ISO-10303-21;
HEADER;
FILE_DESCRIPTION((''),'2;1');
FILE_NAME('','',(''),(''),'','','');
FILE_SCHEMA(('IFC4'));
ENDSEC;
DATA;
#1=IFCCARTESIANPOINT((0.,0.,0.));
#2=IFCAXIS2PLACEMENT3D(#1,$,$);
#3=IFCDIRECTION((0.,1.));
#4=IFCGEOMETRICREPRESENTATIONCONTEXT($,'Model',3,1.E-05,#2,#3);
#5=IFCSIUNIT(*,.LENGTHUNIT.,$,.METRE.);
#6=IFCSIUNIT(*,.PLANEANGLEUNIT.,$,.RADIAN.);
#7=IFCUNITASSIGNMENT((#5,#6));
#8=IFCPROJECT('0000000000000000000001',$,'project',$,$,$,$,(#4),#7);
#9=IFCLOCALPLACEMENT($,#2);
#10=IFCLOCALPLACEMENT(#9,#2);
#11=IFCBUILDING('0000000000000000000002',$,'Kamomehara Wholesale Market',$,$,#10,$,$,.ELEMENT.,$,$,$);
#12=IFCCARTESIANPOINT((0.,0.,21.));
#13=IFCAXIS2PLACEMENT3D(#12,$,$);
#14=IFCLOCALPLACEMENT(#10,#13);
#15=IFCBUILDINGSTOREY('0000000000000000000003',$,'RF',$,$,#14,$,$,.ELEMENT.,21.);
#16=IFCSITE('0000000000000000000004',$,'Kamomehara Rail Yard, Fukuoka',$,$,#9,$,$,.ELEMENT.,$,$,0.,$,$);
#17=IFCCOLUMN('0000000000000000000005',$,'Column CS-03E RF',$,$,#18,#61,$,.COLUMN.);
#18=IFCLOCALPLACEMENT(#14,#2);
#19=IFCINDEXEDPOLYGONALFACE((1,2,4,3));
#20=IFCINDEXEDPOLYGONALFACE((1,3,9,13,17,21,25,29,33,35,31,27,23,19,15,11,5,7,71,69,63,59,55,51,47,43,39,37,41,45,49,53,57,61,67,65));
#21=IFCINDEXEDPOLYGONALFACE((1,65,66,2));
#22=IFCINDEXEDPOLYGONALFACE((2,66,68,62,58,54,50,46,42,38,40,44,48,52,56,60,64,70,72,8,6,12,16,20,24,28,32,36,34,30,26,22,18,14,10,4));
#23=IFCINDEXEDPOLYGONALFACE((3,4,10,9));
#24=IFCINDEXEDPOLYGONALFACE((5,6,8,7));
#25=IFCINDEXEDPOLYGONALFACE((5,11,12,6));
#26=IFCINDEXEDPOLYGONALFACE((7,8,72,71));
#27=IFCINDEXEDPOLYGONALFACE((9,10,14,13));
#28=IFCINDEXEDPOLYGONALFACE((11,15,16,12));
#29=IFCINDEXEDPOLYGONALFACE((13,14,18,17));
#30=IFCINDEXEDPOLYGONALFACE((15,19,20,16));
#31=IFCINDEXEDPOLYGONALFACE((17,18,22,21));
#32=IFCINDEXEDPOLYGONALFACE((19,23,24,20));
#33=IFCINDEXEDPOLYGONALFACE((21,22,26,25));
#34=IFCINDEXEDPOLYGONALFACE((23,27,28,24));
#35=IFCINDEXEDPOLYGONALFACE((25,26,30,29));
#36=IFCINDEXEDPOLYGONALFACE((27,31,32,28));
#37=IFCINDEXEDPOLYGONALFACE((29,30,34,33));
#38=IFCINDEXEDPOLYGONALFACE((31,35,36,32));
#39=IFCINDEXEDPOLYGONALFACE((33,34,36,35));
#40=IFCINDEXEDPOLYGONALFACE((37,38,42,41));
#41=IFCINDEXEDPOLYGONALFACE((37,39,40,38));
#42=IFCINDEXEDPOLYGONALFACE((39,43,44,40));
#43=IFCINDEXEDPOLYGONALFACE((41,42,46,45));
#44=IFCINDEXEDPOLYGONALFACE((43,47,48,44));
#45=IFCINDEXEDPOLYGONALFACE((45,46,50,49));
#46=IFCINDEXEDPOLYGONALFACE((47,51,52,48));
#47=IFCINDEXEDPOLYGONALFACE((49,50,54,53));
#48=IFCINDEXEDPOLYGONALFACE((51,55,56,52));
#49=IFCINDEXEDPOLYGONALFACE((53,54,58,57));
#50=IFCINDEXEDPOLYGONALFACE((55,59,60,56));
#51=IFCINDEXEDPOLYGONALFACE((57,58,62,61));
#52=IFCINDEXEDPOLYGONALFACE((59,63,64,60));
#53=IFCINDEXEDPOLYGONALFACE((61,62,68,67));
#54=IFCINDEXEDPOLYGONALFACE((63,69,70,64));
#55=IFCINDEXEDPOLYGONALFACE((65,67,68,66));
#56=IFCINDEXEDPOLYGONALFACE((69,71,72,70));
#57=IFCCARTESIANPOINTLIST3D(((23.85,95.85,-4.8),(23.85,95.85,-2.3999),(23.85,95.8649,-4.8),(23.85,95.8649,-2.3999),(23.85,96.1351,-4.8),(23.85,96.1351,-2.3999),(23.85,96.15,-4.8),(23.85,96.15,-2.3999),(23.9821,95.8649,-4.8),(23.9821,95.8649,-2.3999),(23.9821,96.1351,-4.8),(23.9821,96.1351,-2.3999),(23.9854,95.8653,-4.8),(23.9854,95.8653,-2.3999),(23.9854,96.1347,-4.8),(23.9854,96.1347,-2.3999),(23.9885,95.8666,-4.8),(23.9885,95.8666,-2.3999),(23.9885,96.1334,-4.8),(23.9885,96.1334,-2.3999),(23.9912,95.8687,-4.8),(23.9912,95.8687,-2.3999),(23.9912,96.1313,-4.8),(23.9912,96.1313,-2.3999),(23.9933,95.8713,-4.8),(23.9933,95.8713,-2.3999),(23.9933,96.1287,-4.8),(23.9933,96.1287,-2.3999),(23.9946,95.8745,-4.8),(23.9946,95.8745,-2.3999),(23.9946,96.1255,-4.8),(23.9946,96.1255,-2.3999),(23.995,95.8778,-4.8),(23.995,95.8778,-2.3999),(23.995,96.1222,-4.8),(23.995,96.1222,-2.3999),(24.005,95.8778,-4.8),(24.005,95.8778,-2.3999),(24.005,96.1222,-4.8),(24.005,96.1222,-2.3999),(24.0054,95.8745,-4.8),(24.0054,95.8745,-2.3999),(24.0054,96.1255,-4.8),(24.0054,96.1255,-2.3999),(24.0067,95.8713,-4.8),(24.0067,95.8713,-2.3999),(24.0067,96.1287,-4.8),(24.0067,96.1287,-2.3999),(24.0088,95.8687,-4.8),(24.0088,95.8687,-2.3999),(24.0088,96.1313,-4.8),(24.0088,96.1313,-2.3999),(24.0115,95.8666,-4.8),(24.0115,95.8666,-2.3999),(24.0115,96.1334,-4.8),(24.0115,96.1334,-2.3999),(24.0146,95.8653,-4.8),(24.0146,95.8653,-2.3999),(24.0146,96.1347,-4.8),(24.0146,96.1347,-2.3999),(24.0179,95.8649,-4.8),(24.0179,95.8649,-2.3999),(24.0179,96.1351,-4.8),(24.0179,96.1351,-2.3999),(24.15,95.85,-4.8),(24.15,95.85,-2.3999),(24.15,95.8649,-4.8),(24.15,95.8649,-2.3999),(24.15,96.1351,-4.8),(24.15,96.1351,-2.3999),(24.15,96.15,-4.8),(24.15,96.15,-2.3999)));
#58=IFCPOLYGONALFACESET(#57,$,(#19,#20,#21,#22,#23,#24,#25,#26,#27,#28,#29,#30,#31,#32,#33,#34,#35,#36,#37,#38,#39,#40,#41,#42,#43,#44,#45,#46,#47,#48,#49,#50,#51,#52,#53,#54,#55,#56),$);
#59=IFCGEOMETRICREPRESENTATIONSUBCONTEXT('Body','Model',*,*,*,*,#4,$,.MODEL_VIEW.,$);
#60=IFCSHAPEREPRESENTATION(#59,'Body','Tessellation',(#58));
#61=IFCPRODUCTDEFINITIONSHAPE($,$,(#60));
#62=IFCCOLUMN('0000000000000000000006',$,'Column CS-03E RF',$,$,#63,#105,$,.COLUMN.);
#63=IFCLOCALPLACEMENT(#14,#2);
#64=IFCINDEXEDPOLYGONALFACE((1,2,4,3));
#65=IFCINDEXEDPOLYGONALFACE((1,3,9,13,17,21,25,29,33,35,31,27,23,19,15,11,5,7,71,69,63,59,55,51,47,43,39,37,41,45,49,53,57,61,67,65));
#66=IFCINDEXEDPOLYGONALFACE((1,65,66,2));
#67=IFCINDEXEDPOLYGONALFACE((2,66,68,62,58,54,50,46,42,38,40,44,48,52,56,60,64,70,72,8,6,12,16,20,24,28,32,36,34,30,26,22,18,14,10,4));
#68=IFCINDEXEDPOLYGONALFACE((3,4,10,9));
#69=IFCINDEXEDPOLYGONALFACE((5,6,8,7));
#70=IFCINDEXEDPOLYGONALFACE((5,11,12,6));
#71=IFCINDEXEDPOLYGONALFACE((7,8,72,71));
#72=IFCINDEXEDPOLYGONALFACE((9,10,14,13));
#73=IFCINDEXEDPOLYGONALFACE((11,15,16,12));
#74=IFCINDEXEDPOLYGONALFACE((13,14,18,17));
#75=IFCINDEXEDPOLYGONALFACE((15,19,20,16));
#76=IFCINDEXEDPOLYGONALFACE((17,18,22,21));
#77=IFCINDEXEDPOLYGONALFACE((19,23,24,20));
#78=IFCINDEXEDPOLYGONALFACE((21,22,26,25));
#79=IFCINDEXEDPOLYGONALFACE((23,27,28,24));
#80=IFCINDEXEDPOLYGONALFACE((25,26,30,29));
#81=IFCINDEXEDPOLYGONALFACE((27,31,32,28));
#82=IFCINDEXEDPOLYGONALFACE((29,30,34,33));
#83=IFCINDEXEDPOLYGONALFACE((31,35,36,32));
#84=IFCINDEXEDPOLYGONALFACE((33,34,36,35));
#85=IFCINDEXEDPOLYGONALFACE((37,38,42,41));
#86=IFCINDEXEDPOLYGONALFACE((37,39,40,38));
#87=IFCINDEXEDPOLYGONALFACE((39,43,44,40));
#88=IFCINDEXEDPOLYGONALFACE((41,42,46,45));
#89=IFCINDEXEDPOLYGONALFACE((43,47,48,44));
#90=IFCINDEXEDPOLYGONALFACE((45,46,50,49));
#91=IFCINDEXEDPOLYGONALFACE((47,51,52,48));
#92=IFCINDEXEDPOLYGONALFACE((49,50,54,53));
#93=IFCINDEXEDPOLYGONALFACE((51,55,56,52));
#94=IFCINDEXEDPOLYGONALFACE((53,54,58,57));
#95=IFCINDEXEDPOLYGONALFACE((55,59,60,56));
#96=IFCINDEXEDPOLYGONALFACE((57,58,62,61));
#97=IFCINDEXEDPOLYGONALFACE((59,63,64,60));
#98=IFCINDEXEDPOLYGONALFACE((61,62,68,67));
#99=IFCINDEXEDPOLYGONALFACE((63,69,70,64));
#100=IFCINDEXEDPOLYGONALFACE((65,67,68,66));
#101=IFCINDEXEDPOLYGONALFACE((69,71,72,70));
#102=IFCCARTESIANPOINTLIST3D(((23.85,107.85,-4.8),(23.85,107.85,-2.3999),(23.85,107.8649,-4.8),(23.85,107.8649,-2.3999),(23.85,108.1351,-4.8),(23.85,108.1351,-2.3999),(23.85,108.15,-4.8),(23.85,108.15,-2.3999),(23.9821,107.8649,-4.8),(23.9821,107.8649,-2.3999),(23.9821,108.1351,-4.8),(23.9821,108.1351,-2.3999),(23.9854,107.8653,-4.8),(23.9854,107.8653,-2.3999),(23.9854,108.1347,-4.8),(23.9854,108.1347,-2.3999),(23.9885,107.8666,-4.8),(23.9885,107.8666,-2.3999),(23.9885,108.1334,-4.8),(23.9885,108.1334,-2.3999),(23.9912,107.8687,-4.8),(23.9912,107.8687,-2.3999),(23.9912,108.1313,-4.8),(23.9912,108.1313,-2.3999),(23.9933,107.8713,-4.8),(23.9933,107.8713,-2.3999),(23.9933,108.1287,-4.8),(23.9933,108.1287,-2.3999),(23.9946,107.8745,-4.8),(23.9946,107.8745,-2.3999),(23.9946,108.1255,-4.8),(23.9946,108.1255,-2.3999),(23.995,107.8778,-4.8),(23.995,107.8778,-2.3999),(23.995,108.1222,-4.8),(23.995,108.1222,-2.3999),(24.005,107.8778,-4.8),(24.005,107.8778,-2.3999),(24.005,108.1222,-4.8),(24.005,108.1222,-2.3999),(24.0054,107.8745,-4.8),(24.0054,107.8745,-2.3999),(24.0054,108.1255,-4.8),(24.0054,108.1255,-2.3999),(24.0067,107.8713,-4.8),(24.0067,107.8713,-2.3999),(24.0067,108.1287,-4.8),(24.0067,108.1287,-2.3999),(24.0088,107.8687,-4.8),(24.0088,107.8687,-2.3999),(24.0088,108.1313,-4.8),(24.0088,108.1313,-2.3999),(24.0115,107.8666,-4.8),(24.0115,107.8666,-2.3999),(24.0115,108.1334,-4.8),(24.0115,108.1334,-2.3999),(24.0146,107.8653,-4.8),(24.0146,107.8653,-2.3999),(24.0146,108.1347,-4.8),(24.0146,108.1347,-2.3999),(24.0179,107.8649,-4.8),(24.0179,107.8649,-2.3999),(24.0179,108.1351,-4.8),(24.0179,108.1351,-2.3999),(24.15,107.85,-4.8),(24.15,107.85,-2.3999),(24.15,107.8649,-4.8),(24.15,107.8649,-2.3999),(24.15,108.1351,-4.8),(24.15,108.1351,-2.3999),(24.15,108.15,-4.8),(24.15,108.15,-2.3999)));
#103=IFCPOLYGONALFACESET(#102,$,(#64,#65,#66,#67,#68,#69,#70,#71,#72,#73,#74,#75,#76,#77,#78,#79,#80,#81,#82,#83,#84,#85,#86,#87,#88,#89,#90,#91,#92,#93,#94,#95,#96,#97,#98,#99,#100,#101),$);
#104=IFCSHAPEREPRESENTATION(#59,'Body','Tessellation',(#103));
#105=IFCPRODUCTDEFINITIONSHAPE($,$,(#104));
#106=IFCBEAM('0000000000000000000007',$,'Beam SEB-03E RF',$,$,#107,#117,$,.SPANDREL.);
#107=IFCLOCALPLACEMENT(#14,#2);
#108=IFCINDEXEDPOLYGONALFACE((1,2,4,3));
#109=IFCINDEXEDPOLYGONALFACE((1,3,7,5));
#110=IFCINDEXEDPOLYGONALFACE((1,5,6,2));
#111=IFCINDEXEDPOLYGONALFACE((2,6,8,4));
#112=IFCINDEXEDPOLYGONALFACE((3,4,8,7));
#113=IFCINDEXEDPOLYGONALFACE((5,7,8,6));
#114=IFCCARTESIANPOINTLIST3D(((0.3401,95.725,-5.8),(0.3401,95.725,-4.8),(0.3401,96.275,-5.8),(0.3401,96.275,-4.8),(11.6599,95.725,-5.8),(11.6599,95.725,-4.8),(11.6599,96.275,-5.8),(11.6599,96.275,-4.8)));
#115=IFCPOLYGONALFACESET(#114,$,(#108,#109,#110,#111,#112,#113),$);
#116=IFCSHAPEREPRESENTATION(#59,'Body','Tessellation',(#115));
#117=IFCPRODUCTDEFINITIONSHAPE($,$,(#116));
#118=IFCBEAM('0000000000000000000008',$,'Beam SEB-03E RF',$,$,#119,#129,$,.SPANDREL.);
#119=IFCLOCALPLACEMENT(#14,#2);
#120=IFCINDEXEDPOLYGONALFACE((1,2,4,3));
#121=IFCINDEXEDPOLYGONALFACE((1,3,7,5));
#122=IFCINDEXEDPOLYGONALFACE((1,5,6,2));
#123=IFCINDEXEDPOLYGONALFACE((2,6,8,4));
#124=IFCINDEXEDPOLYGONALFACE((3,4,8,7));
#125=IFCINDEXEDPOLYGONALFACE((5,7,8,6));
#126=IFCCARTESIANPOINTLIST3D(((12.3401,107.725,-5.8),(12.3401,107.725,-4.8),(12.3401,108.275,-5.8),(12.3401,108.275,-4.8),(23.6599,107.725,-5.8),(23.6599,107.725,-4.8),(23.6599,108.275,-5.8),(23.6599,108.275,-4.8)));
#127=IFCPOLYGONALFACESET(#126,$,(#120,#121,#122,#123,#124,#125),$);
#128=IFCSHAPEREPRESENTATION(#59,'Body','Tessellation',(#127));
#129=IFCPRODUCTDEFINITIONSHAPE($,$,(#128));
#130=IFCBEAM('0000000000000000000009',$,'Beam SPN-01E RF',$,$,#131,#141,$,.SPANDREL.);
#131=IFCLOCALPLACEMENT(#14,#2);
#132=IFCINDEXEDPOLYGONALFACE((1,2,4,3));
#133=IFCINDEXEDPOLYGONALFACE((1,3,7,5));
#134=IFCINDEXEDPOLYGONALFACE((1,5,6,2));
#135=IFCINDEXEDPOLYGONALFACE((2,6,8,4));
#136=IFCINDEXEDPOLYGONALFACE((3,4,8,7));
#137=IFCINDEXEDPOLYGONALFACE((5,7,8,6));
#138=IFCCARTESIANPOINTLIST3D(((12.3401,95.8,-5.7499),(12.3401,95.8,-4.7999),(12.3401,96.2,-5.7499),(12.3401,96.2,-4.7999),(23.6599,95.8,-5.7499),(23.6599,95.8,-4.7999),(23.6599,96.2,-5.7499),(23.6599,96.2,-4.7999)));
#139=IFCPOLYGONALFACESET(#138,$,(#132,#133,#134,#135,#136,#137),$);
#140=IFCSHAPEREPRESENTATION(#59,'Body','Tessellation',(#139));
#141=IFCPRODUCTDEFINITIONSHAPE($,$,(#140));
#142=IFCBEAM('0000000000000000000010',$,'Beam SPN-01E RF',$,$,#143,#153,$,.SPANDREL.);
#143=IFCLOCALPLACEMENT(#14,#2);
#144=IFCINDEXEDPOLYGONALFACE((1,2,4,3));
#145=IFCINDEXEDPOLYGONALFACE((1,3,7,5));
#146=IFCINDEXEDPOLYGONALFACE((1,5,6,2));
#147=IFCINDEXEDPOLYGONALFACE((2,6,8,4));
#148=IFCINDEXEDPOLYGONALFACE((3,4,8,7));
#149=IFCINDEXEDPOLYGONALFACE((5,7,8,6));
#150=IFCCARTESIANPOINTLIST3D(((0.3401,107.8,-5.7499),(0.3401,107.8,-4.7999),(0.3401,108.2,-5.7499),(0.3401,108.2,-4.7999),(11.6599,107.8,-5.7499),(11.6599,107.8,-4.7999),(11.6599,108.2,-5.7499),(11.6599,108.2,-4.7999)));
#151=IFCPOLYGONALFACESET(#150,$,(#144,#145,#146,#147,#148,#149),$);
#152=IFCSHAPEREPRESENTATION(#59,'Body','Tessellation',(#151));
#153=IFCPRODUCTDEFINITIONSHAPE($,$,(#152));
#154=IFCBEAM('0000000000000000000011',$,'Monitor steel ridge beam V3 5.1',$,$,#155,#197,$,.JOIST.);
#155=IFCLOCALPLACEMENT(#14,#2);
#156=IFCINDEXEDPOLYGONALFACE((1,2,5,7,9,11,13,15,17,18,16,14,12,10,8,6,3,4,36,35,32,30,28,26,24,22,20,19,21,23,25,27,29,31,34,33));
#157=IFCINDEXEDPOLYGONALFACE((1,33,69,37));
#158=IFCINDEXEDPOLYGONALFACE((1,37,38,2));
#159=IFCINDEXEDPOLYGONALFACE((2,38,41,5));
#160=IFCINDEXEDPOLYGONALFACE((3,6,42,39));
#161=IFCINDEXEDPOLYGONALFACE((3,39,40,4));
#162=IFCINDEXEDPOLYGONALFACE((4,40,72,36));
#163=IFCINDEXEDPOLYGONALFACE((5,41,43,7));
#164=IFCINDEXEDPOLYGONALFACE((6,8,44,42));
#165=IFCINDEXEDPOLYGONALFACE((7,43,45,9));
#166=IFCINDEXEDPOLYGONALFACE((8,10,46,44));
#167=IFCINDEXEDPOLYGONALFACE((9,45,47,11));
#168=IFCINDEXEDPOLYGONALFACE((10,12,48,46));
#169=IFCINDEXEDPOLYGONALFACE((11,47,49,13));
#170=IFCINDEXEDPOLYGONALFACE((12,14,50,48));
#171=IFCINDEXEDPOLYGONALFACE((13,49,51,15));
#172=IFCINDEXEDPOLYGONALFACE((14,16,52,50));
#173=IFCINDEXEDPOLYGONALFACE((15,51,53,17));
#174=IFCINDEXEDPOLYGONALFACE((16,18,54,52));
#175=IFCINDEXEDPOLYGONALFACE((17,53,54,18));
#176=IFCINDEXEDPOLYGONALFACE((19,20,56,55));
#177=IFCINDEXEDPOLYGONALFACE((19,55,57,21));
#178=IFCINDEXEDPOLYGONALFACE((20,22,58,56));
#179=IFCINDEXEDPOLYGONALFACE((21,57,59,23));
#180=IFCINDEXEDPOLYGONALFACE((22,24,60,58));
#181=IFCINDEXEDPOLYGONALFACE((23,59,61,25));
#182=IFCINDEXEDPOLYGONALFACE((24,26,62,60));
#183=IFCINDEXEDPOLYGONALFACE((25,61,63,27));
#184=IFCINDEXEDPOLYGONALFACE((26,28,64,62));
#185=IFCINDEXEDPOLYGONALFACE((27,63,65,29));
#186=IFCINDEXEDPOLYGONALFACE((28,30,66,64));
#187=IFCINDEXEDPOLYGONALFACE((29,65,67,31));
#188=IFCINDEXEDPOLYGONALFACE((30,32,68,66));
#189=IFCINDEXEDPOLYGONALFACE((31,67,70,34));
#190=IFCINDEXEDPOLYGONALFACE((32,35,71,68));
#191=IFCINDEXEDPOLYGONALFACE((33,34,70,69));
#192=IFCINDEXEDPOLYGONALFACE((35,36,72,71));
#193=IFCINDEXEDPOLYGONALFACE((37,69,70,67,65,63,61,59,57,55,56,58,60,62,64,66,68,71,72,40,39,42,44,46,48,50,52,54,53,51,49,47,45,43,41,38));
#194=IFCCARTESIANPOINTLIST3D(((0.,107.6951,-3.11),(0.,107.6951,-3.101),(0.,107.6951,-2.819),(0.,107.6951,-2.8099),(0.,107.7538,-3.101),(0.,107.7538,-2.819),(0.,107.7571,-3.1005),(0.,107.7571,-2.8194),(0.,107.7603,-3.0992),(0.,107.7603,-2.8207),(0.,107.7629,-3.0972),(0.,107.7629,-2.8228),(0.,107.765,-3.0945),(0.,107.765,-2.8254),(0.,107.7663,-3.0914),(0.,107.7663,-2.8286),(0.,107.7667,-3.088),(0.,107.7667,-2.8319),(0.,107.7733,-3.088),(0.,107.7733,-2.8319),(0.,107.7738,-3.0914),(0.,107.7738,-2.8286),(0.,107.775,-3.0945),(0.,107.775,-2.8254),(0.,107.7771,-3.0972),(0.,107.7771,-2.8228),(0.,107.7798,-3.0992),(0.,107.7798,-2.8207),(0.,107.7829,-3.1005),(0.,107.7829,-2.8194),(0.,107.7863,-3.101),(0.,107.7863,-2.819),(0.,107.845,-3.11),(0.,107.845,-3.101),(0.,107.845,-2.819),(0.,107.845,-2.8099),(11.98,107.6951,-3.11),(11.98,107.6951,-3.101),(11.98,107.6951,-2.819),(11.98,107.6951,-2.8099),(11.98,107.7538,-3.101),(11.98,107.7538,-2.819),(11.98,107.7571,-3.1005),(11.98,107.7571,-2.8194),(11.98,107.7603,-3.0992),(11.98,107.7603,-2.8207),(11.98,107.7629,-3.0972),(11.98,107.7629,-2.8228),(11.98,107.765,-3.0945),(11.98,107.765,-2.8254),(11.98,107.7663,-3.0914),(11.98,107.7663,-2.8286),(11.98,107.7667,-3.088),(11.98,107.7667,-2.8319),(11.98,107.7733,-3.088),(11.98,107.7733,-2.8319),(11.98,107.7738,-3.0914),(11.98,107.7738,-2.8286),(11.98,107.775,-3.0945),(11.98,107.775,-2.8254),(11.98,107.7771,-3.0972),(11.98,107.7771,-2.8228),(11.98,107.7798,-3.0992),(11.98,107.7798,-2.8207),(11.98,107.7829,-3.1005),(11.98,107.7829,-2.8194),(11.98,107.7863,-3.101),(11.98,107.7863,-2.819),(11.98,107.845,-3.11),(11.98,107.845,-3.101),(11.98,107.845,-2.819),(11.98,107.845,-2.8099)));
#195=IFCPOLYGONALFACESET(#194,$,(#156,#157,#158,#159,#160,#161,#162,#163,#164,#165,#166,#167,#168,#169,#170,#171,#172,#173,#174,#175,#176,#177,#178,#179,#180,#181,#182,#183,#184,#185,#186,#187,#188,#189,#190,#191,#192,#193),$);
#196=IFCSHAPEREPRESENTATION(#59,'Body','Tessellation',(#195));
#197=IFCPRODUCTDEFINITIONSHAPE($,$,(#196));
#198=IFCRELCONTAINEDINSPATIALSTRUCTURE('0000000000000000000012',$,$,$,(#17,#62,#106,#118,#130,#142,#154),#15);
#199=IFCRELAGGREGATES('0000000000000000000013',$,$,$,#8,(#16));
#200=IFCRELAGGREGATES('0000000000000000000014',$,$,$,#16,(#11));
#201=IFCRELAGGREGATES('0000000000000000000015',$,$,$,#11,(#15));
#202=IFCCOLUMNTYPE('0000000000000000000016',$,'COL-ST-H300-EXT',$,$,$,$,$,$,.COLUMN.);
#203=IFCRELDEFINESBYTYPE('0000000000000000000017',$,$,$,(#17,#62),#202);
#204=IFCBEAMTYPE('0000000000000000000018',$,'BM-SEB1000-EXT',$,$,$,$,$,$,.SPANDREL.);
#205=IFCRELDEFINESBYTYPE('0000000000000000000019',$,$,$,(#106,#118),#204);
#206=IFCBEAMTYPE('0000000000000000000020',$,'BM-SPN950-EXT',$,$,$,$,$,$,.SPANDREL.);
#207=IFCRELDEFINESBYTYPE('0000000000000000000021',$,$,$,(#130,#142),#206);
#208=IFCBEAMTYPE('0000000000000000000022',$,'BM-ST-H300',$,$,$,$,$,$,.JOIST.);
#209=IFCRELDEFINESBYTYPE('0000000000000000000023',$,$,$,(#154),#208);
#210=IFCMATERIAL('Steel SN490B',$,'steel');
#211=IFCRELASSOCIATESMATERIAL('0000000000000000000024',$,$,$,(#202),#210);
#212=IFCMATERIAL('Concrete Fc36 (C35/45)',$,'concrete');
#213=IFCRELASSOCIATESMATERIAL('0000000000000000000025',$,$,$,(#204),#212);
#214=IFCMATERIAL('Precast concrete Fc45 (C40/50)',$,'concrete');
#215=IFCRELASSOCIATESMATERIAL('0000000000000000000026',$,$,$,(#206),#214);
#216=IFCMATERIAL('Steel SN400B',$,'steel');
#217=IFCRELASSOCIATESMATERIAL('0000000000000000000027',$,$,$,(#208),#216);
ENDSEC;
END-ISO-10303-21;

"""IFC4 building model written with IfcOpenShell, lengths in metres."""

from ifc_helpers import new_model, si_unit, direction, frame, origin, origin_2d, place, context, subcontext, project, spatial, rectangle, i_section, extrude, material, material_profile, profile_set, type_object, element, save


model = new_model("IFC4")

# Units and contexts
model_context = context("Model", 3, precision=1e-05, world=origin(), true_north=direction((0.0, 1.0)))
body_context = subcontext(model_context, "Body", "Model", "MODEL_VIEW")
ifc_project = project(units=[si_unit("LENGTHUNIT", "METRE"), si_unit("PLANEANGLEUNIT", "RADIAN")], contexts=[model_context])

# Site, building, storey
site_placement = place(None, origin())
site = spatial("IfcSite", under=ifc_project, at=site_placement, Name="Kamomehara Rail Yard, Fukuoka", CompositionType="ELEMENT", RefElevation=0.0)
building_placement = place(site_placement, origin())
building = spatial("IfcBuilding", under=site, at=building_placement, Name="Kamomehara Wholesale Market", CompositionType="ELEMENT")
storey_placement = place(building_placement, frame((0.0, 0.0, 21.0)))
storey = spatial("IfcBuildingStorey", under=building, at=storey_placement, Name="RF", CompositionType="ELEMENT", Elevation=21.0)

# Columns
ifc_material_1 = material(Name="Steel SN490B", Category="steel")
ifc_material_profile_1 = material_profile(ifc_material_1, i_section(OverallWidth=0.3, OverallDepth=0.3, WebThickness=0.01, FlangeThickness=0.0149, FilletRadius=0.0129, at=origin_2d()), Name="H-300x300x10x15")
ifc_profile_set_1 = profile_set([ifc_material_profile_1], Name="Steel SN490B")
column_type = type_object("IfcColumnType", Name="COL-ST-H300-EXT", PredefinedType="COLUMN", material=ifc_profile_set_1)
for number, where, z_axis, x_axis, name in (
    (1, (24.0, 96.0, -4.8), (0.0, 0.0, 1.0), (1.0, 0.0, 0.0), "Column CS-03E RF"),
    (2, (24.0, 108.0, -4.8), (0.0, 0.0, 1.0), (1.0, 0.0, 0.0), "Column CS-03E RF"),
):
    element("IfcColumn", number, at=place(storey_placement, frame(where, z_axis=z_axis, x_axis=x_axis)), inside=storey, type_object=column_type, Name=name, PredefinedType="COLUMN", context=body_context, shape_type="SweptSolid", body=[
        extrude(i_section(OverallWidth=0.3, OverallDepth=0.3, WebThickness=0.01, FlangeThickness=0.0149, FilletRadius=0.0129, at=origin_2d()), origin(), (0.0, 0.0, 1.0), 2.4001),
    ])

# Beams
ifc_material_2 = material(Name="Concrete Fc36 (C35/45)", Category="concrete")
ifc_material_profile_2 = material_profile(ifc_material_2, rectangle(XDim=0.55, YDim=1.0, at=origin_2d()), Name="RC-SEB-550x1000")
ifc_profile_set_2 = profile_set([ifc_material_profile_2], Name="Concrete Fc36 (C35/45)")
beam_type_1 = type_object("IfcBeamType", Name="BM-SEB1000-EXT", PredefinedType="SPANDREL", material=ifc_profile_set_2)
for number, where, z_axis, x_axis, name in (
    (3, (0.3401, 96.0, -5.3), (1.0, 0.0, 0.0), (0.0, 1.0, 0.0), "Beam SEB-03E RF"),
    (4, (12.3401, 108.0, -5.3), (1.0, 0.0, 0.0), (0.0, 1.0, 0.0), "Beam SEB-03E RF"),
):
    element("IfcBeam", number, at=place(storey_placement, frame(where, z_axis=z_axis, x_axis=x_axis)), inside=storey, type_object=beam_type_1, Name=name, PredefinedType="SPANDREL", context=body_context, shape_type="SweptSolid", body=[
        extrude(rectangle(XDim=0.55, YDim=1.0, at=origin_2d()), origin(), (0.0, 0.0, 1.0), 11.3198),
    ])
ifc_material_3 = material(Name="Precast concrete Fc45 (C40/50)", Category="concrete")
ifc_material_profile_3 = material_profile(ifc_material_3, rectangle(XDim=0.3999, YDim=0.95, at=origin_2d()), Name="PC-SPN-400x950")
ifc_profile_set_3 = profile_set([ifc_material_profile_3], Name="Precast concrete Fc45 (C40/50)")
beam_type_2 = type_object("IfcBeamType", Name="BM-SPN950-EXT", PredefinedType="SPANDREL", material=ifc_profile_set_3)
for number, where, z_axis, x_axis, name in (
    (5, (12.3401, 96.0, -5.2749), (1.0, 0.0, 0.0), (0.0, 1.0, 0.0), "Beam SPN-01E RF"),
    (6, (0.3401, 108.0, -5.2749), (1.0, 0.0, 0.0), (0.0, 1.0, 0.0), "Beam SPN-01E RF"),
):
    element("IfcBeam", number, at=place(storey_placement, frame(where, z_axis=z_axis, x_axis=x_axis)), inside=storey, type_object=beam_type_2, Name=name, PredefinedType="SPANDREL", context=body_context, shape_type="SweptSolid", body=[
        extrude(rectangle(XDim=0.3999, YDim=0.95, at=origin_2d()), origin(), (0.0, 0.0, 1.0), 11.3198),
    ])
ifc_material_4 = material(Name="Steel SN400B", Category="steel")
ifc_material_profile_4 = material_profile(ifc_material_4, i_section(OverallWidth=0.1499, OverallDepth=0.3, WebThickness=0.0066, FlangeThickness=0.009, FilletRadius=0.0129, at=origin_2d()), Name="H-300x150x6.5x9")
ifc_profile_set_4 = profile_set([ifc_material_profile_4], Name="Steel SN400B")
beam_type_3 = type_object("IfcBeamType", Name="BM-ST-H300", PredefinedType="JOIST", material=ifc_profile_set_4)
beam_1_placement = place(storey_placement, frame((0.0, 107.77, -2.96), z_axis=(1.0, 0.0, 0.0), x_axis=(0.0, 1.0, 0.0)))
element("IfcBeam", 7, at=beam_1_placement, inside=storey, type_object=beam_type_3, Name="Monitor steel ridge beam V3 5.1", PredefinedType="JOIST", context=body_context, shape_type="SweptSolid", body=[
    extrude(i_section(OverallWidth=0.1499, OverallDepth=0.3, WebThickness=0.0066, FlangeThickness=0.009, FilletRadius=0.0129, at=origin_2d()), origin(), (0.0, 0.0, 1.0), 11.98),
])

save(model, "model.ifc")
